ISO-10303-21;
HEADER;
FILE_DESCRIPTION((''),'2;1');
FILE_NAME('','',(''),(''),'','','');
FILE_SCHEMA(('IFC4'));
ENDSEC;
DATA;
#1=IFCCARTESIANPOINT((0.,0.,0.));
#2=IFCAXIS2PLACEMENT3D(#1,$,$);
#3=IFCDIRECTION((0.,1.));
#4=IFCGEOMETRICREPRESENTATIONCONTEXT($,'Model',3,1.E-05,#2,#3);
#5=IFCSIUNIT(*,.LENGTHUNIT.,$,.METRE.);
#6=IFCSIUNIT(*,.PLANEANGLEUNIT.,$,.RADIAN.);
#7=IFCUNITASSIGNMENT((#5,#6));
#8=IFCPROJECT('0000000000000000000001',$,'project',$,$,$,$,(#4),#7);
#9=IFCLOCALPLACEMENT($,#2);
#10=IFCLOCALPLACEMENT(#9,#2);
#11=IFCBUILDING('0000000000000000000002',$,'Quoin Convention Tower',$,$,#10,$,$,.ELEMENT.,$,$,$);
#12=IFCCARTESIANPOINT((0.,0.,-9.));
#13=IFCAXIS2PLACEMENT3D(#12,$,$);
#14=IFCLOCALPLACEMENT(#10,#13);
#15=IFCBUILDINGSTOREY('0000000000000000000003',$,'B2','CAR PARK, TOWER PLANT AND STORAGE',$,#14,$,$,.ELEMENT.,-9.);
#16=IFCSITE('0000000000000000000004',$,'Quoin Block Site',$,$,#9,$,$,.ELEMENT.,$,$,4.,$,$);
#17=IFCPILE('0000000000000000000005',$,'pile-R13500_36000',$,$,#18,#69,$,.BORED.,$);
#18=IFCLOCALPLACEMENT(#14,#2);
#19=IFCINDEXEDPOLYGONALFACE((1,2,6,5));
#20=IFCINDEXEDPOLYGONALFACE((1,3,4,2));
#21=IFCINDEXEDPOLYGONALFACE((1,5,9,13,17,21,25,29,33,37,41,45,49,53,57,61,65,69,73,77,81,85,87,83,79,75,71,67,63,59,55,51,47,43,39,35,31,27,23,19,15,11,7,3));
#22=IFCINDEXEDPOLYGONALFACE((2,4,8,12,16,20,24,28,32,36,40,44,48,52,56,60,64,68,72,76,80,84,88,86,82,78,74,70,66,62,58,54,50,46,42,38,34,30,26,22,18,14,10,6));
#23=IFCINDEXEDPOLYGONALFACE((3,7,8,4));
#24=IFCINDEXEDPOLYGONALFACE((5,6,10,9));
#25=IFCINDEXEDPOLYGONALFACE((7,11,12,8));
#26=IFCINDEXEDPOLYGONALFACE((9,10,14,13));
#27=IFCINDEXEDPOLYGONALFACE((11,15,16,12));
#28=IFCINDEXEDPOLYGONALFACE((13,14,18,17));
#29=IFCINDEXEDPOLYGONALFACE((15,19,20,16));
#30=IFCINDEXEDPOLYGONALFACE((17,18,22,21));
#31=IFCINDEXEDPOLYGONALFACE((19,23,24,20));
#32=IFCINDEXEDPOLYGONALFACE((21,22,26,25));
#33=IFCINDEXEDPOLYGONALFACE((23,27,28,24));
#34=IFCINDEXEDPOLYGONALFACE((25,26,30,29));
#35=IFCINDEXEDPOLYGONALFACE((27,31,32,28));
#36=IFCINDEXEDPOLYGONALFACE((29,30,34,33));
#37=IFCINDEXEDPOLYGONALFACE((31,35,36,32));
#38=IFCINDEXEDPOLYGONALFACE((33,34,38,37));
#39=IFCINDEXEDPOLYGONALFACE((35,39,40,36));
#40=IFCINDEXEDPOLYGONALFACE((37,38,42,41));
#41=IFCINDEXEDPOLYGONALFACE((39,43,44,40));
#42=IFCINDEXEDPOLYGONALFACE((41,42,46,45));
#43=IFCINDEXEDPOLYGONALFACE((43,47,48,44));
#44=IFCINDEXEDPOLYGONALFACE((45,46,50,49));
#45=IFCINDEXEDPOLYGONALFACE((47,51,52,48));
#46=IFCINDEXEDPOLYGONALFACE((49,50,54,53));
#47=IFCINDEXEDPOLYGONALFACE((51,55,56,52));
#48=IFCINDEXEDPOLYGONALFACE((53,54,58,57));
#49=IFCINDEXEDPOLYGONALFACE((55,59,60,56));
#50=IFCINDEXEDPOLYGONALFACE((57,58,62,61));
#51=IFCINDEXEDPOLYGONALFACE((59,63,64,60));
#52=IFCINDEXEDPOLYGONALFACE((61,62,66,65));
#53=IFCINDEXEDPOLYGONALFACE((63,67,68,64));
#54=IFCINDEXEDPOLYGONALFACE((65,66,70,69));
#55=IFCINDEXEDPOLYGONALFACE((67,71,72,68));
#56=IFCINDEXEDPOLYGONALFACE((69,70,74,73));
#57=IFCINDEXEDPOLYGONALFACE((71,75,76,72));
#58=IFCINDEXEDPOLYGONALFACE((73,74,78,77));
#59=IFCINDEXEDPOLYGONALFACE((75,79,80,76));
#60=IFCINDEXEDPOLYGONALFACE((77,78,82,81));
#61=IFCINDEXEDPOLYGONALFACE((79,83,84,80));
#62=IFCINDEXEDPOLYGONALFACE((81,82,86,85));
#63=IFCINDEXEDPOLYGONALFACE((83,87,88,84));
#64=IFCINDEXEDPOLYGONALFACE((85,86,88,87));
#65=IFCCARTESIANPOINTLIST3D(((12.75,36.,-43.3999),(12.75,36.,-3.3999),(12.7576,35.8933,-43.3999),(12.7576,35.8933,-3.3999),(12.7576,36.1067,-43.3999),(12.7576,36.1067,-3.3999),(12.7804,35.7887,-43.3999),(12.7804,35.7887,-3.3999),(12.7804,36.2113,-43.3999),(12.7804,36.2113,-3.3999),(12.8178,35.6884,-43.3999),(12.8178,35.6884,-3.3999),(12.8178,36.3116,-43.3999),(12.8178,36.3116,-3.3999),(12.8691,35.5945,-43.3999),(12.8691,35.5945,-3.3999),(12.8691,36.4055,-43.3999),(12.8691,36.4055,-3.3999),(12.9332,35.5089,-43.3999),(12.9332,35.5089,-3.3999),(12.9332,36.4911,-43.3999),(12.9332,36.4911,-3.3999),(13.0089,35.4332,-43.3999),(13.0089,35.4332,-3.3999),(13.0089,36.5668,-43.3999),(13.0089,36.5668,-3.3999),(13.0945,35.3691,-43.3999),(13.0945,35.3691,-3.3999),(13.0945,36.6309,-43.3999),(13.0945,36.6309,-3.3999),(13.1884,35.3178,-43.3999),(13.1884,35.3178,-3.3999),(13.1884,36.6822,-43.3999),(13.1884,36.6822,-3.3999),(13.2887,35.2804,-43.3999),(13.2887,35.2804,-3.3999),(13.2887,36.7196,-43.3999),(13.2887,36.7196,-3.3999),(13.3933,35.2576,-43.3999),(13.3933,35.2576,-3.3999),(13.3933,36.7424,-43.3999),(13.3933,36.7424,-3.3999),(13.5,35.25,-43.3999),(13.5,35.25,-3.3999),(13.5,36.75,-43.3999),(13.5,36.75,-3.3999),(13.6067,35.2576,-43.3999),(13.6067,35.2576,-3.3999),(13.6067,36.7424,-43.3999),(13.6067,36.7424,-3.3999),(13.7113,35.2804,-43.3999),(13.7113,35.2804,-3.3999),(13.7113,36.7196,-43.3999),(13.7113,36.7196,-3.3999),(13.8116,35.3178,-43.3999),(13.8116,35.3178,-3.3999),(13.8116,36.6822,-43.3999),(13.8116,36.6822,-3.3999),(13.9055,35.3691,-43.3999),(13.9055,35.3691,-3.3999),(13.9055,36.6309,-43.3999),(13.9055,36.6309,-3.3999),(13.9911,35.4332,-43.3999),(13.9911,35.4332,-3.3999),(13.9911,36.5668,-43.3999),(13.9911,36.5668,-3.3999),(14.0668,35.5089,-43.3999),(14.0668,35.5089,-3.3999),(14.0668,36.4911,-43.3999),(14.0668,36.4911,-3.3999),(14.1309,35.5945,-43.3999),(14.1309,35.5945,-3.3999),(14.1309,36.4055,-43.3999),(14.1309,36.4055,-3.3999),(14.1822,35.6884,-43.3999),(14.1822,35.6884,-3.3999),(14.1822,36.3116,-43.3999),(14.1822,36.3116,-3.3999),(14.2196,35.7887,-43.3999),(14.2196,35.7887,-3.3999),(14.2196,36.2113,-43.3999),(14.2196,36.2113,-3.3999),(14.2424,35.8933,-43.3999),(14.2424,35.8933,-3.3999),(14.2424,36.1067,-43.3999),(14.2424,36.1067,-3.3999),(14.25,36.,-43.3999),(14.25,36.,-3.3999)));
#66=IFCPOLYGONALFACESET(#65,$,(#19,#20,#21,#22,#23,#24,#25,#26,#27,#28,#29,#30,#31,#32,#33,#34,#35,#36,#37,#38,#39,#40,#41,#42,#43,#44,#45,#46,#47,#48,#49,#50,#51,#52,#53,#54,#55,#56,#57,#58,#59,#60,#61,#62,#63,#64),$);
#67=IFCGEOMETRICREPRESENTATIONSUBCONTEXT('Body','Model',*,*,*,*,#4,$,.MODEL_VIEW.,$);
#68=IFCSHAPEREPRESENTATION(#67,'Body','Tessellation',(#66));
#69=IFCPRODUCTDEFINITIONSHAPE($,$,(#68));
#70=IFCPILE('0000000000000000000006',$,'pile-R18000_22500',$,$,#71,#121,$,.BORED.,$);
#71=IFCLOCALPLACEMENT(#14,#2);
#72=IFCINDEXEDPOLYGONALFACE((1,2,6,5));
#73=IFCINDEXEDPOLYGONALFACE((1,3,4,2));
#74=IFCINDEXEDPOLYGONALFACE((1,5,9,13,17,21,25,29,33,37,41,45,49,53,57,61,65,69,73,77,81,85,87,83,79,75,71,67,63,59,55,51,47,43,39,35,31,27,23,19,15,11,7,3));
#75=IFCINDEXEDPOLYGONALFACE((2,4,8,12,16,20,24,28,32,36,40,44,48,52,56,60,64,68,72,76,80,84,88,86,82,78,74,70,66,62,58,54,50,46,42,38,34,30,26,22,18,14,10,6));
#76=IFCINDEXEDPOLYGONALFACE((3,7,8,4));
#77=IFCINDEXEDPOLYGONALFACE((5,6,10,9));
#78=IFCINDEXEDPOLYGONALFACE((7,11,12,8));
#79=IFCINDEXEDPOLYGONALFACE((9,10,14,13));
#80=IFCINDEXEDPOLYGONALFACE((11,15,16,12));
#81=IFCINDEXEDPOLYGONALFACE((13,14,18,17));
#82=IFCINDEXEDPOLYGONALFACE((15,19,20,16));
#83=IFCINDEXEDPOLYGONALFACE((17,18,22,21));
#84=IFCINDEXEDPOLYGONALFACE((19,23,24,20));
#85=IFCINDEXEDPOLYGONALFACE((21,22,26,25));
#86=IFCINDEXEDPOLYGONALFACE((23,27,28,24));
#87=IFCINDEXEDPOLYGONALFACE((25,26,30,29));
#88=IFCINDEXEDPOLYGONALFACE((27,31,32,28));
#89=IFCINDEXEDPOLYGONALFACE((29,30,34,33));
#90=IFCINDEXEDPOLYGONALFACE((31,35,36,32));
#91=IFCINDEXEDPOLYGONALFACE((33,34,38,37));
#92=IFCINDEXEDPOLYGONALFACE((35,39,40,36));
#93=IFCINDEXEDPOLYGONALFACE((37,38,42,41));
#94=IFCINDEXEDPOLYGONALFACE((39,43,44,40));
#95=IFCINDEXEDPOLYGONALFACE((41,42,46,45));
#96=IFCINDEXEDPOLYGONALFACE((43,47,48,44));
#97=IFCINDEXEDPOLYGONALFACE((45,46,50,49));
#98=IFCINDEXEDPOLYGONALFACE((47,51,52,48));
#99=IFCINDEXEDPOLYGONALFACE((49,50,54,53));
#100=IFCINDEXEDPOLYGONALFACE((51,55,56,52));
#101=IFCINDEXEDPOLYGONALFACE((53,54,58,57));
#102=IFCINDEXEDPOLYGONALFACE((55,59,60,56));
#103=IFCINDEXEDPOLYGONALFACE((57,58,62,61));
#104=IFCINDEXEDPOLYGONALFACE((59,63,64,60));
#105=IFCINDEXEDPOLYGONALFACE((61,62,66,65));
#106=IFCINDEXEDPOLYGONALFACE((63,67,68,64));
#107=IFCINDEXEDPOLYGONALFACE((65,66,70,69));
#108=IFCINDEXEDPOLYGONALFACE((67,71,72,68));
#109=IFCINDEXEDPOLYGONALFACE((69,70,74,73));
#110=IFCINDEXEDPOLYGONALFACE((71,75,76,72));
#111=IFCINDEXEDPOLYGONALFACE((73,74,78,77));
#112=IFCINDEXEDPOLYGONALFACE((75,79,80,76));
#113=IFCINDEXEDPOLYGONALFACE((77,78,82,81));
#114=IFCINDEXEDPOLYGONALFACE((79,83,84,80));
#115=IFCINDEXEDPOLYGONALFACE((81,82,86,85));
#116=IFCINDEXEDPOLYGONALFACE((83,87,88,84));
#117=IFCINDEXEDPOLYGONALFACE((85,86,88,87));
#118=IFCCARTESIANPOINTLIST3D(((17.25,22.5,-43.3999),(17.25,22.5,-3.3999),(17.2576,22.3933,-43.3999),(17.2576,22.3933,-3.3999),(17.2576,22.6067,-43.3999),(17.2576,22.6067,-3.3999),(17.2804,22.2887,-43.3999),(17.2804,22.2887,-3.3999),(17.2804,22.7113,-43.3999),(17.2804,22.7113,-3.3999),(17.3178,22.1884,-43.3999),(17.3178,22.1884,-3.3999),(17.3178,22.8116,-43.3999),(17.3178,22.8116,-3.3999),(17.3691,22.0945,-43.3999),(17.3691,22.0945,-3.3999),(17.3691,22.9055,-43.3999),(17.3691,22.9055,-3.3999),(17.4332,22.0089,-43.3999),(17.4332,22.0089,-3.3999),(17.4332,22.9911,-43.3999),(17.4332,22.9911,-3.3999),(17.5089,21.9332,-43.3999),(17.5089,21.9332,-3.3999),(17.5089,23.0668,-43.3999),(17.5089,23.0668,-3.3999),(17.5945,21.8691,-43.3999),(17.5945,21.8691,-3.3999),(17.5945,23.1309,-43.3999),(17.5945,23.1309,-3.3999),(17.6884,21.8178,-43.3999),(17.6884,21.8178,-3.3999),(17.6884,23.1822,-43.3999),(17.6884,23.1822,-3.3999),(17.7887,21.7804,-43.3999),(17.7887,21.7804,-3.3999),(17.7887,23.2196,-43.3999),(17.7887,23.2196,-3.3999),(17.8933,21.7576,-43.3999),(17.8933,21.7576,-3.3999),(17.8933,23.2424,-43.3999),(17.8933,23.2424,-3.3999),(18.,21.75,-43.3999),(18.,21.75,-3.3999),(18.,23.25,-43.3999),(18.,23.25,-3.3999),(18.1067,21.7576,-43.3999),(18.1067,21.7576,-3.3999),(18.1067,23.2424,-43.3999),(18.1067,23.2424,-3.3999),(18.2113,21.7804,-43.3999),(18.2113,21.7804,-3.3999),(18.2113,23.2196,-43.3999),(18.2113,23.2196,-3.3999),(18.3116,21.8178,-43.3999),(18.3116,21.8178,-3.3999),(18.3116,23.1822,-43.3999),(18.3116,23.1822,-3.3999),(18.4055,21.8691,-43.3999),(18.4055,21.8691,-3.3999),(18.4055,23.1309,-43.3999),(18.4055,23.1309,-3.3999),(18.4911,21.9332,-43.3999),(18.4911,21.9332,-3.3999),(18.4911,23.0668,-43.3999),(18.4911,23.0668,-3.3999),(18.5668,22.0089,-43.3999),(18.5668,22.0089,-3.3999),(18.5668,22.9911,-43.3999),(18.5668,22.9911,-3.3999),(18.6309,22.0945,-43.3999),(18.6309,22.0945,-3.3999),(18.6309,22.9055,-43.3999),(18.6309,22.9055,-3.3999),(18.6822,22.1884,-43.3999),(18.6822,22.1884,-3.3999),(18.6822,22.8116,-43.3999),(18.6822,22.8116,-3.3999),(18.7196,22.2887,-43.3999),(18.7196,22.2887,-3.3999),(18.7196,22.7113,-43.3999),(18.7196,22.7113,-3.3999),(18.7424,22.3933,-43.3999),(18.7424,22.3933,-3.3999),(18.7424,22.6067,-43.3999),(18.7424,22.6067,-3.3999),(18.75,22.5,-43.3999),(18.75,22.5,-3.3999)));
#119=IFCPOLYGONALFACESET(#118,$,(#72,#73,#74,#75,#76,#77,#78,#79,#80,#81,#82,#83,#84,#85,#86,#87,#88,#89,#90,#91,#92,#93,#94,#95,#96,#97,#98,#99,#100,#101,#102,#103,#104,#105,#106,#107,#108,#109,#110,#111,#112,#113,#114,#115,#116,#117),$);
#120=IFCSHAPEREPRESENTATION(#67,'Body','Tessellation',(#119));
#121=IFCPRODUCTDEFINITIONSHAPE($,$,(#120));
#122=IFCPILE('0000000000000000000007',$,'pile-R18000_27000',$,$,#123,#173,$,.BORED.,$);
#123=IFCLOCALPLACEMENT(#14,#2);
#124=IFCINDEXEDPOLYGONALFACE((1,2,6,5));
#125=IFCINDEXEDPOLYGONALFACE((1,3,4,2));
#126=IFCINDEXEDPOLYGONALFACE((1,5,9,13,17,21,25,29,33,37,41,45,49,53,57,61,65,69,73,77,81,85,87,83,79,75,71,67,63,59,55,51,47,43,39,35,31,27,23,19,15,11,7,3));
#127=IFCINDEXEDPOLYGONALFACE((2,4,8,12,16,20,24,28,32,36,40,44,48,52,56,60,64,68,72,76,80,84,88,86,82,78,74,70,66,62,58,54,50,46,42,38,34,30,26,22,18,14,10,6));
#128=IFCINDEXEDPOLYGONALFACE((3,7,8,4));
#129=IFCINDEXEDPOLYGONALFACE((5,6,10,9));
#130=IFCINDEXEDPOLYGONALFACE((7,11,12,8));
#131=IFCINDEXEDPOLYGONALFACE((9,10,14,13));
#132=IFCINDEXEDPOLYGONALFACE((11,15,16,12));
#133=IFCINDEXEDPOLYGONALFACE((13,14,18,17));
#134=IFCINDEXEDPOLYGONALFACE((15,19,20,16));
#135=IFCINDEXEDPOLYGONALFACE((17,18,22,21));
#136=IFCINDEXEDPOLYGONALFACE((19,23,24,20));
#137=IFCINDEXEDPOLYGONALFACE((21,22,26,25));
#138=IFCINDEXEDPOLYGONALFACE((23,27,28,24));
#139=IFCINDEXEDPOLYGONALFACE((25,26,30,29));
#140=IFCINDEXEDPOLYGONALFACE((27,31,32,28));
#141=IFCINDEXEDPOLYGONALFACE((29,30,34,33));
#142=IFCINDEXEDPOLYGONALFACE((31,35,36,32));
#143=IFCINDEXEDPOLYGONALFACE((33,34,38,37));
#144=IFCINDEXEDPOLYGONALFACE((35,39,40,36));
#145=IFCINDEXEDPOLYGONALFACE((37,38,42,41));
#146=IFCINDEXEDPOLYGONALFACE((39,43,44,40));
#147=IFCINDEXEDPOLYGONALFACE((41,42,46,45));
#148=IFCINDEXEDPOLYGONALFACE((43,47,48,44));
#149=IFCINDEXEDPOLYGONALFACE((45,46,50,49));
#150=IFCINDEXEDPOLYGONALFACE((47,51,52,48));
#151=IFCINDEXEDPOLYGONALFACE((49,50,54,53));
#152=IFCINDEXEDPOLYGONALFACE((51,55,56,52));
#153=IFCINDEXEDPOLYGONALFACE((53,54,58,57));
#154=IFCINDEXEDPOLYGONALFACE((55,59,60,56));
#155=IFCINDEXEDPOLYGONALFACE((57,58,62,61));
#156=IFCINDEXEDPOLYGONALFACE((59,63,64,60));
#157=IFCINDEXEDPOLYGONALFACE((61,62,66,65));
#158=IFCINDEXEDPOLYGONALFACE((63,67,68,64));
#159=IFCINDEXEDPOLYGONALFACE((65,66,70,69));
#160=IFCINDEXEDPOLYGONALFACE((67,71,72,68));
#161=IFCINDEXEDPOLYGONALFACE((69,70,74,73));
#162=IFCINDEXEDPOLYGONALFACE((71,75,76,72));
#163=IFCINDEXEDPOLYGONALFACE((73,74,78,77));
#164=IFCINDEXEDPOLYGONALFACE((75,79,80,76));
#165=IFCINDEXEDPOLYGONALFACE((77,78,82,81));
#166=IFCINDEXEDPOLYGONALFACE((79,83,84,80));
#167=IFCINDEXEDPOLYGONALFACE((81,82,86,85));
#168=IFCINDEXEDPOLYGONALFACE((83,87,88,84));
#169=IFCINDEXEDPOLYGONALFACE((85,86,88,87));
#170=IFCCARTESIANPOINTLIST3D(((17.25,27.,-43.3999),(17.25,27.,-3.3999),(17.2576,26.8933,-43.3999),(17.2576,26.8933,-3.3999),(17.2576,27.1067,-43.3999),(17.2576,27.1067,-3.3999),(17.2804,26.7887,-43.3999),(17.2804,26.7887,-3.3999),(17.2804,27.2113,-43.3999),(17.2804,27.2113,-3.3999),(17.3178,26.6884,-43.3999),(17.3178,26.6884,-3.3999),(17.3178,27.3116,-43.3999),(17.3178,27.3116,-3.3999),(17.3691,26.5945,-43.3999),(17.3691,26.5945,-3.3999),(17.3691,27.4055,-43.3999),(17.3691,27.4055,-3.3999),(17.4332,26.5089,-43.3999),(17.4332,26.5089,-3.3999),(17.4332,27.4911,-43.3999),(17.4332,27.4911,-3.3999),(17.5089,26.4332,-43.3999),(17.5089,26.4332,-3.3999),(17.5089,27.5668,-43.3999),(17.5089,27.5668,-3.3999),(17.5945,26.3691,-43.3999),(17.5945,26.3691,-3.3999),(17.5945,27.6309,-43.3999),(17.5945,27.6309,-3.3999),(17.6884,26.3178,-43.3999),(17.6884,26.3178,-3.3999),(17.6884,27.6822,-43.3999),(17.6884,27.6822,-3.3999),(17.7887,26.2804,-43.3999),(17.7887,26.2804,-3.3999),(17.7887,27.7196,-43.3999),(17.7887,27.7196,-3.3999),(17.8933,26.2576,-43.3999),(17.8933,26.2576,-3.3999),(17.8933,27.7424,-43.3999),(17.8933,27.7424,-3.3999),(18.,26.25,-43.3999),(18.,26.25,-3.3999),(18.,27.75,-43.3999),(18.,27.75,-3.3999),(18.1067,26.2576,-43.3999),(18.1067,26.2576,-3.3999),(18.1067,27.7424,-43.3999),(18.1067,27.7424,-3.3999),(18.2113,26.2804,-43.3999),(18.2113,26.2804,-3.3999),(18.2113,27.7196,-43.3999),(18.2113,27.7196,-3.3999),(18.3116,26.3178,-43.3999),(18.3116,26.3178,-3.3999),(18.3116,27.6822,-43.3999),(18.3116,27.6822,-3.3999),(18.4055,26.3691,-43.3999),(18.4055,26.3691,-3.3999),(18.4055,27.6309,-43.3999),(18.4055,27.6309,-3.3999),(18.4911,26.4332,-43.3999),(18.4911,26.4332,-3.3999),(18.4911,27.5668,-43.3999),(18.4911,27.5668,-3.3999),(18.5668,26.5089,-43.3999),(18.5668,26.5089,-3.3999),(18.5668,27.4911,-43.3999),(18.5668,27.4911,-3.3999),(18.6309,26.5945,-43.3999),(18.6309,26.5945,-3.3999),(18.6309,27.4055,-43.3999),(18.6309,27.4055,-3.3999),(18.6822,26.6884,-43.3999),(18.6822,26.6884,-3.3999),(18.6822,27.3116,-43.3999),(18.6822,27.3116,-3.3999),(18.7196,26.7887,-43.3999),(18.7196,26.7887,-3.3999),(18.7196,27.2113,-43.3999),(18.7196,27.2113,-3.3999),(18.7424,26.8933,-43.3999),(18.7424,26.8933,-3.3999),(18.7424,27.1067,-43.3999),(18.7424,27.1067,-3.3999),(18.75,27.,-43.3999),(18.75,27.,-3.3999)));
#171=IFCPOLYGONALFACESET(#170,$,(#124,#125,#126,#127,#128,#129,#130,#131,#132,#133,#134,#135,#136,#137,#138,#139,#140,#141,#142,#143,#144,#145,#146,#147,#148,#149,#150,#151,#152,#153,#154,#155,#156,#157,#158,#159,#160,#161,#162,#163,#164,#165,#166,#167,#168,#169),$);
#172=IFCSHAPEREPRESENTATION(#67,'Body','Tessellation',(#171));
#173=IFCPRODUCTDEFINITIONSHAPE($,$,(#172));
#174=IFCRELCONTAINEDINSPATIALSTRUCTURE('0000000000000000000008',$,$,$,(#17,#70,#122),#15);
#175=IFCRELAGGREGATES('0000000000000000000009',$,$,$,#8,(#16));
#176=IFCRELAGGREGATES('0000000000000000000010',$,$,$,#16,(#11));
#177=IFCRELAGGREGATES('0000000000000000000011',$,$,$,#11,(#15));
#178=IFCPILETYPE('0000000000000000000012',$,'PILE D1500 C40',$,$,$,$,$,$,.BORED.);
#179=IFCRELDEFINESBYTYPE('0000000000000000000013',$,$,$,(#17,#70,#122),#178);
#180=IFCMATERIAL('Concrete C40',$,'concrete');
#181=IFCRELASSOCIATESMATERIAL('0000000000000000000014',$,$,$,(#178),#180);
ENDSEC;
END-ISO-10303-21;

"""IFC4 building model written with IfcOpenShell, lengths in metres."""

from ifc_helpers import new_model, si_unit, direction, frame, origin, origin_2d, place, context, subcontext, project, spatial, circle, extrude, material, material_profile, profile_set, type_object, element, save


model = new_model("IFC4")

# Units and contexts
model_context = context("Model", 3, precision=1e-05, world=origin(), true_north=direction((0.0, 1.0)))
body_context = subcontext(model_context, "Body", "Model", "MODEL_VIEW")
ifc_project = project(units=[si_unit("LENGTHUNIT", "METRE"), si_unit("PLANEANGLEUNIT", "RADIAN")], contexts=[model_context])

# Site, building, storey
site_placement = place(None, origin())
site = spatial("IfcSite", under=ifc_project, at=site_placement, Name="Quoin Block Site", CompositionType="ELEMENT", RefElevation=4.0)
building_placement = place(site_placement, origin())
building = spatial("IfcBuilding", under=site, at=building_placement, Name="Quoin Convention Tower", CompositionType="ELEMENT")
storey_placement = place(building_placement, frame((0.0, 0.0, -9.0)))
storey = spatial("IfcBuildingStorey", under=building, at=storey_placement, Name="B2", Description="CAR PARK, TOWER PLANT AND STORAGE", CompositionType="ELEMENT", Elevation=-9.0)

# Piles
ifc_material_1 = material(Name="Concrete C40", Category="concrete")
ifc_material_profile_1 = material_profile(ifc_material_1, circle(Radius=0.75, at=origin_2d()), Name="D1500")
ifc_profile_set_1 = profile_set([ifc_material_profile_1], Name="Concrete C40")
pile_type = type_object("IfcPileType", Name="PILE D1500 C40", PredefinedType="BORED", material=ifc_profile_set_1)
for number, where, z_axis, x_axis, name in (
    (1, (13.5, 36.0, -3.3999), (0.0, 0.0, -1.0), (1.0, 0.0, 0.0), "pile-R13500_36000"),
    (2, (18.0, 22.5, -3.3999), (0.0, 0.0, -1.0), (1.0, 0.0, 0.0), "pile-R18000_22500"),
    (3, (18.0, 27.0, -3.3999), (0.0, 0.0, -1.0), (1.0, 0.0, 0.0), "pile-R18000_27000"),
):
    element("IfcPile", number, at=place(storey_placement, frame(where, z_axis=z_axis, x_axis=x_axis)), inside=storey, type_object=pile_type, Name=name, PredefinedType="BORED", context=body_context, shape_type="SweptSolid", body=[
        extrude(circle(Radius=0.75, at=origin_2d()), origin(), (0.0, 0.0, 1.0), 40.0),
    ])

save(model, "model.ifc")
